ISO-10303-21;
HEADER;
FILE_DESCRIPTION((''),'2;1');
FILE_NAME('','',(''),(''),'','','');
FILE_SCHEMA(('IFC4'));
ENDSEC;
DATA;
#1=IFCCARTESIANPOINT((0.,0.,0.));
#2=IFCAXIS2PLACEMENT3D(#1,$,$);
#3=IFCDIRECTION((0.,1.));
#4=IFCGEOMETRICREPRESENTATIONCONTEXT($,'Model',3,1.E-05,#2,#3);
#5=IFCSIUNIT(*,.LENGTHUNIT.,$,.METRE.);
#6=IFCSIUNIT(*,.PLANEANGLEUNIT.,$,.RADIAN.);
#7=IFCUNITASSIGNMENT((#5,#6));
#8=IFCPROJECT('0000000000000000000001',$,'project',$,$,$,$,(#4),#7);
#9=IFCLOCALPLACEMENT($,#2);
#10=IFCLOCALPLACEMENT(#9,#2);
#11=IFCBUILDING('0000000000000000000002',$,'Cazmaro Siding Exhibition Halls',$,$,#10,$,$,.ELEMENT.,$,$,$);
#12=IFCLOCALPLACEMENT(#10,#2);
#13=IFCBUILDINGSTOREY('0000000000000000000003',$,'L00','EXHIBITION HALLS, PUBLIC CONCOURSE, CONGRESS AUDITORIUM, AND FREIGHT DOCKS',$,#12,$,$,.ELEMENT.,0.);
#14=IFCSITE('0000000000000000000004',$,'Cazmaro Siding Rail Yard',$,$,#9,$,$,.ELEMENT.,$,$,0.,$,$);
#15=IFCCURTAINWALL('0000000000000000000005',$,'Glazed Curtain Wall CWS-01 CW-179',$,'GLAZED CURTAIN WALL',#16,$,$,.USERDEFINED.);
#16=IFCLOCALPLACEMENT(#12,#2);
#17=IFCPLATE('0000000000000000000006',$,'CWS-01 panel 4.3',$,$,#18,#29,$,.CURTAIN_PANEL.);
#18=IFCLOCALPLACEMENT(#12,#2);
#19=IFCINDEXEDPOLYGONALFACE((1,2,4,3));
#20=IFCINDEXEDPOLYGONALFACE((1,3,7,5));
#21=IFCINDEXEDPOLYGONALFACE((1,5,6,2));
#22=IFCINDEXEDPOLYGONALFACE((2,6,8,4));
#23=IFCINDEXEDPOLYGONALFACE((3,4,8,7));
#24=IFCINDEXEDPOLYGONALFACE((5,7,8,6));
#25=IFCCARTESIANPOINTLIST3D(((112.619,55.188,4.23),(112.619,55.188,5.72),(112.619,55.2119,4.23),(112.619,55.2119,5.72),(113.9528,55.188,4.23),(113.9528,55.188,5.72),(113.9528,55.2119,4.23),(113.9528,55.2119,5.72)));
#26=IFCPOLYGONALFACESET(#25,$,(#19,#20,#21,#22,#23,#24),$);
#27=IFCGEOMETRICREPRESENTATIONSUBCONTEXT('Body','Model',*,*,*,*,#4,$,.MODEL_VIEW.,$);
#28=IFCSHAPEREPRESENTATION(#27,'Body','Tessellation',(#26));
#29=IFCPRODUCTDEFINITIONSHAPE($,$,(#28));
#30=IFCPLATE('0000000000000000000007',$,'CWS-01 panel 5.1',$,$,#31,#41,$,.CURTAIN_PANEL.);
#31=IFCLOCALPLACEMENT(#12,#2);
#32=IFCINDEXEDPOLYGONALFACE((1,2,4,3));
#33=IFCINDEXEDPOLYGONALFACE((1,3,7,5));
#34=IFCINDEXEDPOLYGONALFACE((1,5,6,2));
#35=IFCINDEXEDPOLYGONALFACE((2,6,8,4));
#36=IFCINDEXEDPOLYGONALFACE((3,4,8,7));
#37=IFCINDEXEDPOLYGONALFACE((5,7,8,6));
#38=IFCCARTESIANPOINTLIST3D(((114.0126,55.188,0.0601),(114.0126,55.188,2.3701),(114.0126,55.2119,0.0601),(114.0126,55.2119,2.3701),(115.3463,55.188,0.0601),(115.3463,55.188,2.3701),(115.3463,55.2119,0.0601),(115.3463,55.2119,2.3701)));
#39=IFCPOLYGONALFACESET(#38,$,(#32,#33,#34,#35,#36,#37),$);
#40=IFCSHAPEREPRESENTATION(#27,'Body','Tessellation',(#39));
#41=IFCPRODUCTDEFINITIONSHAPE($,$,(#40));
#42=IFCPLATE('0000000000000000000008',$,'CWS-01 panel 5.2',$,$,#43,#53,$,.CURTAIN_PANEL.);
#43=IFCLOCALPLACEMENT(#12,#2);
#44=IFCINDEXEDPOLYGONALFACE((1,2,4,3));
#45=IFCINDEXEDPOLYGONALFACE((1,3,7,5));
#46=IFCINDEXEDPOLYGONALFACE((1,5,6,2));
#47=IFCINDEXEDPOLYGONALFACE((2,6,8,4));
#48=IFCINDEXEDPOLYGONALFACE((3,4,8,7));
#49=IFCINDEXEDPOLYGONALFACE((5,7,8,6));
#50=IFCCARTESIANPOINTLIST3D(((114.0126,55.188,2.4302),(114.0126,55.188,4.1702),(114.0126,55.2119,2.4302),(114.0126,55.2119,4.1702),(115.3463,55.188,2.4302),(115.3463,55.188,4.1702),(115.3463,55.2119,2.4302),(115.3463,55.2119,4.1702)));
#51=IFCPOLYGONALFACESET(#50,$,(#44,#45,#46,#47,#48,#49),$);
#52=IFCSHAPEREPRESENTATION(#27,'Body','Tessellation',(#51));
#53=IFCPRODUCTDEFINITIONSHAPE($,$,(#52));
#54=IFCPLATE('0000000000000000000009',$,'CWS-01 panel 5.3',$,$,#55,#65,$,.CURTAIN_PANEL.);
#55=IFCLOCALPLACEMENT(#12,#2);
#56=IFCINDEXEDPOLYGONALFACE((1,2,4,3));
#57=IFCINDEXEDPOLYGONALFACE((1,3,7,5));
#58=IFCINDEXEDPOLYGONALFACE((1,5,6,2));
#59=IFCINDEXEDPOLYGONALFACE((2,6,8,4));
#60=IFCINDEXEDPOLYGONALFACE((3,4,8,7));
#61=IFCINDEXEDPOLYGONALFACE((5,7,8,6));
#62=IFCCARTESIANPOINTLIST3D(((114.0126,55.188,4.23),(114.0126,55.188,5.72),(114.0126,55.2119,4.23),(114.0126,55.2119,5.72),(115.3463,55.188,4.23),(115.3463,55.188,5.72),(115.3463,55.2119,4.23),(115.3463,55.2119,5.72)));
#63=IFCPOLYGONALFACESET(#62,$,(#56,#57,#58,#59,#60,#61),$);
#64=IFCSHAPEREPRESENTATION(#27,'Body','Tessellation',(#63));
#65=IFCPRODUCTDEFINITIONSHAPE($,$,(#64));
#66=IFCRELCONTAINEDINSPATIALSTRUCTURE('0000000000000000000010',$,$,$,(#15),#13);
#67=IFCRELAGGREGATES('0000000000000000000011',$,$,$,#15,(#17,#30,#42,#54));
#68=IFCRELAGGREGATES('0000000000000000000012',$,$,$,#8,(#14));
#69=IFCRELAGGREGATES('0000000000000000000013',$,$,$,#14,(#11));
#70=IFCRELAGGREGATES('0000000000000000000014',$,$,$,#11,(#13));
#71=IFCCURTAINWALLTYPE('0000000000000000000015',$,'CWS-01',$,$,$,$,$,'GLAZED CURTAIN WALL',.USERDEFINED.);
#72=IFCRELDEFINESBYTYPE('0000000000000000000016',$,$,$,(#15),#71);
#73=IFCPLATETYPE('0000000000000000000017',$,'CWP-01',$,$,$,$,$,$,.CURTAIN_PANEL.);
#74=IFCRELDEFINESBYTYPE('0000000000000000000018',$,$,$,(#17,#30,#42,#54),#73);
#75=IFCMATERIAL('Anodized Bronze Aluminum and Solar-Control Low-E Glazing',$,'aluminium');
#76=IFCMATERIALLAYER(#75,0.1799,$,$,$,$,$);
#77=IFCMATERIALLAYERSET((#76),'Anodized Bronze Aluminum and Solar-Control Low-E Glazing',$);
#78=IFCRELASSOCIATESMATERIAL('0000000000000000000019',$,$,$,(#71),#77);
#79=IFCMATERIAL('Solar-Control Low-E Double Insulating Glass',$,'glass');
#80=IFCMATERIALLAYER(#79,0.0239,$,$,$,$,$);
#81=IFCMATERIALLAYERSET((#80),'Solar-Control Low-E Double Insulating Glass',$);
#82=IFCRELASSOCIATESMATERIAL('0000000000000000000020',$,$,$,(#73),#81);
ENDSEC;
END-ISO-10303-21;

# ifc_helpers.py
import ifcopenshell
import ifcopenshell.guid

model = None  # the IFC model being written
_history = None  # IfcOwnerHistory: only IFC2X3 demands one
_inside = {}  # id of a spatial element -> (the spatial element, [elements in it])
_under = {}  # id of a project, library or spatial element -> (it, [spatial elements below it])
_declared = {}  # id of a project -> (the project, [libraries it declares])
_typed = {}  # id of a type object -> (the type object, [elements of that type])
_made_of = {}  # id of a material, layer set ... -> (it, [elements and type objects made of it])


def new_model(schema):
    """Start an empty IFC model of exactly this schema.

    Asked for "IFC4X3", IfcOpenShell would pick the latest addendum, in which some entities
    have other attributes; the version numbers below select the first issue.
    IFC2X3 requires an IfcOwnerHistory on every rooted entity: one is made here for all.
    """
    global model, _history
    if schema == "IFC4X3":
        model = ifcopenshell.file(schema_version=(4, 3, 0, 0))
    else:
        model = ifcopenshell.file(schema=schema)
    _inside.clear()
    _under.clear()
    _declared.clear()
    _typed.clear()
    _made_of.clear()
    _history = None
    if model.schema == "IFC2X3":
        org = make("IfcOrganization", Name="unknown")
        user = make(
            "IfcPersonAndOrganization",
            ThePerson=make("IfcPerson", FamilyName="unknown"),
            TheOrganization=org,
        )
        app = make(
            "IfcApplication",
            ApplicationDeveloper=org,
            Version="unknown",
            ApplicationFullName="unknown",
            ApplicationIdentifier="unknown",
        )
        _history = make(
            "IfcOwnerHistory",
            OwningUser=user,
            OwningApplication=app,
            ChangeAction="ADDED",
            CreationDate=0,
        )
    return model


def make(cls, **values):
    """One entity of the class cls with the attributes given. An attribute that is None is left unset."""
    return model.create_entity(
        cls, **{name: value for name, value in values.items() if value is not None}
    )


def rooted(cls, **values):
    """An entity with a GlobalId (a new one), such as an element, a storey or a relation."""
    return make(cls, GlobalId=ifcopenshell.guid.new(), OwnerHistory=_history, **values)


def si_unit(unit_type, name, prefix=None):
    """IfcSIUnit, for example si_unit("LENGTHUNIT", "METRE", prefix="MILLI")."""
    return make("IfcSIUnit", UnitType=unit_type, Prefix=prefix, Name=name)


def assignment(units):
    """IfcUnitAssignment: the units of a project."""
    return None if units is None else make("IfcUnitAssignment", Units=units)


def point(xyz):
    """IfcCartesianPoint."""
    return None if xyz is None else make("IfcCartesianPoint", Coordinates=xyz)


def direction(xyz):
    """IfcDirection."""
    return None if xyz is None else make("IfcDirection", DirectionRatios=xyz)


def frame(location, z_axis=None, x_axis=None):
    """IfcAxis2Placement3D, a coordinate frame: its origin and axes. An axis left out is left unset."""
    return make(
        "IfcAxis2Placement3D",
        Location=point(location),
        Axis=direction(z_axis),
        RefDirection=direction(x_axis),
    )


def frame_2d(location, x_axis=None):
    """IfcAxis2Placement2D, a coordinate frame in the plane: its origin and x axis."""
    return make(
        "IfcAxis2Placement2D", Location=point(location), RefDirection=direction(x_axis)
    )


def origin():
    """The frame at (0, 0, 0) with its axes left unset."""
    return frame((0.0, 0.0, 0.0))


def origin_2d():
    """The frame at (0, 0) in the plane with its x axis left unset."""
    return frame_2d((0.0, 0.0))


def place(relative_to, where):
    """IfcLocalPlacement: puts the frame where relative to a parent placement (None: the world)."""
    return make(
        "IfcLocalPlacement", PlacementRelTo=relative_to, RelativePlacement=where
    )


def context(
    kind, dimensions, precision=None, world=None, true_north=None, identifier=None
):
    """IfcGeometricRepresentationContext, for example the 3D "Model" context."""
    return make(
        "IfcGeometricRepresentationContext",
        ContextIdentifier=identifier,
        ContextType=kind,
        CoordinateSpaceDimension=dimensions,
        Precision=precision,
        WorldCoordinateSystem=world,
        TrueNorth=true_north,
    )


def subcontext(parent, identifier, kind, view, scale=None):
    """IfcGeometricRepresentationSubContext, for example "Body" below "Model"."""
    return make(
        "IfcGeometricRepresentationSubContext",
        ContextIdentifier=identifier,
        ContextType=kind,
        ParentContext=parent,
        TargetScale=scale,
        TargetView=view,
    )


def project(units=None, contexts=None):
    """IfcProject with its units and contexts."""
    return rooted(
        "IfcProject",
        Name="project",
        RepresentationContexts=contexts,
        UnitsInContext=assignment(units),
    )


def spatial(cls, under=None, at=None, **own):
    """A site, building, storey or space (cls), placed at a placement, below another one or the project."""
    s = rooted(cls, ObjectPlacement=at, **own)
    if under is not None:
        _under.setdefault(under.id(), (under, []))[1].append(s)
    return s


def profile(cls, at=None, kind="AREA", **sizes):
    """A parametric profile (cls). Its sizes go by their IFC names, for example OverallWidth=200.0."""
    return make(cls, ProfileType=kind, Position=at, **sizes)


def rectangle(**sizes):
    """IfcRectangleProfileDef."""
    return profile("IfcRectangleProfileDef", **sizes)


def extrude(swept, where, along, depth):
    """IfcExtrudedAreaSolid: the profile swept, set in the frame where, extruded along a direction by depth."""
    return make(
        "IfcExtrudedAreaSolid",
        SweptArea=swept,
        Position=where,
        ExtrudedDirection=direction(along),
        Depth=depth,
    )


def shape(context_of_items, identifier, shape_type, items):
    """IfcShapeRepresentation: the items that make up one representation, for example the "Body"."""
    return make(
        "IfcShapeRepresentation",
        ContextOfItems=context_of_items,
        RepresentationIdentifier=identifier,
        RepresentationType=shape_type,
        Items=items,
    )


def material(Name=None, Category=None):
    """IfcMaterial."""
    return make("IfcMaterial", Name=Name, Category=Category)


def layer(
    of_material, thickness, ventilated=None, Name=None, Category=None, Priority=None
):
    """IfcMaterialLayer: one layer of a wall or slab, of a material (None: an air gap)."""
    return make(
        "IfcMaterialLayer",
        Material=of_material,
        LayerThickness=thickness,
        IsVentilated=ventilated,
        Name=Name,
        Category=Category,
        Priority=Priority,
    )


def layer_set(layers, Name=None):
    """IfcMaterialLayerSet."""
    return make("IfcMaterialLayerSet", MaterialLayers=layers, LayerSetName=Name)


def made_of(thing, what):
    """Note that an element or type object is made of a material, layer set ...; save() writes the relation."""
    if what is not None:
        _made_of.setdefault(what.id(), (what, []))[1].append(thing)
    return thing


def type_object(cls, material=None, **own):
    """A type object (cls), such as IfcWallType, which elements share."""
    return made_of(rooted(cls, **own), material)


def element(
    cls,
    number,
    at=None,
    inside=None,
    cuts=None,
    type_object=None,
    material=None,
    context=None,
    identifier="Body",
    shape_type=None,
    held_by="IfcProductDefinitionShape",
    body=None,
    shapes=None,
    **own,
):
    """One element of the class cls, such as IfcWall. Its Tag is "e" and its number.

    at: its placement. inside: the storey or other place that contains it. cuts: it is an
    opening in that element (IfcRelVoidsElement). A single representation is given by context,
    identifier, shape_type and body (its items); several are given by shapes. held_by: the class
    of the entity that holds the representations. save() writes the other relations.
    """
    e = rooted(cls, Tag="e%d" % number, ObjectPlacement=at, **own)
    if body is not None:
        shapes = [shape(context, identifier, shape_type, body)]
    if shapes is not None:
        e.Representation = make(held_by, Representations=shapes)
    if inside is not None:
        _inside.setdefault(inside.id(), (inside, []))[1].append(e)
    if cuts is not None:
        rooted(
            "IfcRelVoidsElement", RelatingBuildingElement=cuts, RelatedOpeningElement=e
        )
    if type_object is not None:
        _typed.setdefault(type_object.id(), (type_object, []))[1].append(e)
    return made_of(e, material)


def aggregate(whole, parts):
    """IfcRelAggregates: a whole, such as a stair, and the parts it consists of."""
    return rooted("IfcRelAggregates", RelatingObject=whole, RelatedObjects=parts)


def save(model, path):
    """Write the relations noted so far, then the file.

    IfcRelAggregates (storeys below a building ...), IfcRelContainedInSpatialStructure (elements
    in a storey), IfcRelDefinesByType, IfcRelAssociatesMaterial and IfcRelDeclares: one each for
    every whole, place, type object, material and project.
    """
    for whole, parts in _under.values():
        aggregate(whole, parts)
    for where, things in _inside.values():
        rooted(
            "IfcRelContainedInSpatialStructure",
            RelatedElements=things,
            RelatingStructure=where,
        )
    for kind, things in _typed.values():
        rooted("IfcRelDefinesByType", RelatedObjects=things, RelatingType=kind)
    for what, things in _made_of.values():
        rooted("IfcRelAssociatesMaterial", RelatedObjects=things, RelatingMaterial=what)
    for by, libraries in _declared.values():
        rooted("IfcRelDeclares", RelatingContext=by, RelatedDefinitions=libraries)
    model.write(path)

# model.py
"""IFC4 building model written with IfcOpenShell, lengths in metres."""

from ifc_helpers import new_model, si_unit, direction, frame, origin, origin_2d, place, context, subcontext, project, spatial, rectangle, extrude, material, layer, layer_set, type_object, element, aggregate, save


model = new_model("IFC4")

# Units and contexts
model_context = context("Model", 3, precision=1e-05, world=origin(), true_north=direction((0.0, 1.0)))
body_context = subcontext(model_context, "Body", "Model", "MODEL_VIEW")
ifc_project = project(units=[si_unit("LENGTHUNIT", "METRE"), si_unit("PLANEANGLEUNIT", "RADIAN")], contexts=[model_context])

# Site, building, storey
site_placement = place(None, origin())
site = spatial("IfcSite", under=ifc_project, at=site_placement, Name="Cazmaro Siding Rail Yard", CompositionType="ELEMENT", RefElevation=0.0)
building_placement = place(site_placement, origin())
building = spatial("IfcBuilding", under=site, at=building_placement, Name="Cazmaro Siding Exhibition Halls", CompositionType="ELEMENT")
storey_placement = place(building_placement, origin())
storey = spatial("IfcBuildingStorey", under=building, at=storey_placement, Name="L00", Description="EXHIBITION HALLS, PUBLIC CONCOURSE, CONGRESS AUDITORIUM, AND FREIGHT DOCKS", CompositionType="ELEMENT", Elevation=0.0)

# Curtain wall, plates
ifc_material_1 = material(Name="Anodized Bronze Aluminum and Solar-Control Low-E Glazing", Category="aluminium")
ifc_layer_1 = layer(ifc_material_1, 0.1799)
ifc_layer_set_1 = layer_set([ifc_layer_1], Name="Anodized Bronze Aluminum and Solar-Control Low-E Glazing")
curtain_wall_type = type_object("IfcCurtainWallType", Name="CWS-01", ElementType="GLAZED CURTAIN WALL", PredefinedType="USERDEFINED", material=ifc_layer_set_1)
curtain_wall_placement = place(storey_placement, origin())
curtain_wall = element("IfcCurtainWall", 1, at=curtain_wall_placement, inside=storey, type_object=curtain_wall_type, Name="Glazed Curtain Wall CWS-01 CW-179", ObjectType="GLAZED CURTAIN WALL", PredefinedType="USERDEFINED")
ifc_material_2 = material(Name="Solar-Control Low-E Double Insulating Glass", Category="glass")
ifc_layer_2 = layer(ifc_material_2, 0.0239)
ifc_layer_set_2 = layer_set([ifc_layer_2], Name="Solar-Control Low-E Double Insulating Glass")
plate_type = type_object("IfcPlateType", Name="CWP-01", PredefinedType="CURTAIN_PANEL", material=ifc_layer_set_2)
plate_1_placement = place(storey_placement, frame((113.2859, 55.2, 4.23), z_axis=(0.0, 0.0, 1.0), x_axis=(1.0, 0.0, 0.0)))
plate_1 = element("IfcPlate", 2, at=plate_1_placement, type_object=plate_type, Name="CWS-01 panel 4.3", PredefinedType="CURTAIN_PANEL", context=body_context, shape_type="SweptSolid", body=[
    extrude(rectangle(XDim=1.3337, YDim=0.0239, at=origin_2d()), origin(), (0.0, 0.0, 1.0), 1.49),
])
plate_2_placement = place(storey_placement, frame((114.6794, 55.2, 0.0601), z_axis=(0.0, 0.0, 1.0), x_axis=(1.0, 0.0, 0.0)))
plate_2 = element("IfcPlate", 3, at=plate_2_placement, type_object=plate_type, Name="CWS-01 panel 5.1", PredefinedType="CURTAIN_PANEL", context=body_context, shape_type="SweptSolid", body=[
    extrude(rectangle(XDim=1.3337, YDim=0.0239, at=origin_2d()), origin(), (0.0, 0.0, 1.0), 2.3101),
])
plate_3_placement = place(storey_placement, frame((114.6794, 55.2, 2.4302), z_axis=(0.0, 0.0, 1.0), x_axis=(1.0, 0.0, 0.0)))
plate_3 = element("IfcPlate", 4, at=plate_3_placement, type_object=plate_type, Name="CWS-01 panel 5.2", PredefinedType="CURTAIN_PANEL", context=body_context, shape_type="SweptSolid", body=[
    extrude(rectangle(XDim=1.3337, YDim=0.0239, at=origin_2d()), origin(), (0.0, 0.0, 1.0), 1.74),
])
plate_4_placement = place(storey_placement, frame((114.6794, 55.2, 4.23), z_axis=(0.0, 0.0, 1.0), x_axis=(1.0, 0.0, 0.0)))
plate_4 = element("IfcPlate", 5, at=plate_4_placement, type_object=plate_type, Name="CWS-01 panel 5.3", PredefinedType="CURTAIN_PANEL", context=body_context, shape_type="SweptSolid", body=[
    extrude(rectangle(XDim=1.3337, YDim=0.0239, at=origin_2d()), origin(), (0.0, 0.0, 1.0), 1.49),
])
aggregate(curtain_wall, [plate_1, plate_2, plate_3, plate_4])

save(model, "model.ifc")
